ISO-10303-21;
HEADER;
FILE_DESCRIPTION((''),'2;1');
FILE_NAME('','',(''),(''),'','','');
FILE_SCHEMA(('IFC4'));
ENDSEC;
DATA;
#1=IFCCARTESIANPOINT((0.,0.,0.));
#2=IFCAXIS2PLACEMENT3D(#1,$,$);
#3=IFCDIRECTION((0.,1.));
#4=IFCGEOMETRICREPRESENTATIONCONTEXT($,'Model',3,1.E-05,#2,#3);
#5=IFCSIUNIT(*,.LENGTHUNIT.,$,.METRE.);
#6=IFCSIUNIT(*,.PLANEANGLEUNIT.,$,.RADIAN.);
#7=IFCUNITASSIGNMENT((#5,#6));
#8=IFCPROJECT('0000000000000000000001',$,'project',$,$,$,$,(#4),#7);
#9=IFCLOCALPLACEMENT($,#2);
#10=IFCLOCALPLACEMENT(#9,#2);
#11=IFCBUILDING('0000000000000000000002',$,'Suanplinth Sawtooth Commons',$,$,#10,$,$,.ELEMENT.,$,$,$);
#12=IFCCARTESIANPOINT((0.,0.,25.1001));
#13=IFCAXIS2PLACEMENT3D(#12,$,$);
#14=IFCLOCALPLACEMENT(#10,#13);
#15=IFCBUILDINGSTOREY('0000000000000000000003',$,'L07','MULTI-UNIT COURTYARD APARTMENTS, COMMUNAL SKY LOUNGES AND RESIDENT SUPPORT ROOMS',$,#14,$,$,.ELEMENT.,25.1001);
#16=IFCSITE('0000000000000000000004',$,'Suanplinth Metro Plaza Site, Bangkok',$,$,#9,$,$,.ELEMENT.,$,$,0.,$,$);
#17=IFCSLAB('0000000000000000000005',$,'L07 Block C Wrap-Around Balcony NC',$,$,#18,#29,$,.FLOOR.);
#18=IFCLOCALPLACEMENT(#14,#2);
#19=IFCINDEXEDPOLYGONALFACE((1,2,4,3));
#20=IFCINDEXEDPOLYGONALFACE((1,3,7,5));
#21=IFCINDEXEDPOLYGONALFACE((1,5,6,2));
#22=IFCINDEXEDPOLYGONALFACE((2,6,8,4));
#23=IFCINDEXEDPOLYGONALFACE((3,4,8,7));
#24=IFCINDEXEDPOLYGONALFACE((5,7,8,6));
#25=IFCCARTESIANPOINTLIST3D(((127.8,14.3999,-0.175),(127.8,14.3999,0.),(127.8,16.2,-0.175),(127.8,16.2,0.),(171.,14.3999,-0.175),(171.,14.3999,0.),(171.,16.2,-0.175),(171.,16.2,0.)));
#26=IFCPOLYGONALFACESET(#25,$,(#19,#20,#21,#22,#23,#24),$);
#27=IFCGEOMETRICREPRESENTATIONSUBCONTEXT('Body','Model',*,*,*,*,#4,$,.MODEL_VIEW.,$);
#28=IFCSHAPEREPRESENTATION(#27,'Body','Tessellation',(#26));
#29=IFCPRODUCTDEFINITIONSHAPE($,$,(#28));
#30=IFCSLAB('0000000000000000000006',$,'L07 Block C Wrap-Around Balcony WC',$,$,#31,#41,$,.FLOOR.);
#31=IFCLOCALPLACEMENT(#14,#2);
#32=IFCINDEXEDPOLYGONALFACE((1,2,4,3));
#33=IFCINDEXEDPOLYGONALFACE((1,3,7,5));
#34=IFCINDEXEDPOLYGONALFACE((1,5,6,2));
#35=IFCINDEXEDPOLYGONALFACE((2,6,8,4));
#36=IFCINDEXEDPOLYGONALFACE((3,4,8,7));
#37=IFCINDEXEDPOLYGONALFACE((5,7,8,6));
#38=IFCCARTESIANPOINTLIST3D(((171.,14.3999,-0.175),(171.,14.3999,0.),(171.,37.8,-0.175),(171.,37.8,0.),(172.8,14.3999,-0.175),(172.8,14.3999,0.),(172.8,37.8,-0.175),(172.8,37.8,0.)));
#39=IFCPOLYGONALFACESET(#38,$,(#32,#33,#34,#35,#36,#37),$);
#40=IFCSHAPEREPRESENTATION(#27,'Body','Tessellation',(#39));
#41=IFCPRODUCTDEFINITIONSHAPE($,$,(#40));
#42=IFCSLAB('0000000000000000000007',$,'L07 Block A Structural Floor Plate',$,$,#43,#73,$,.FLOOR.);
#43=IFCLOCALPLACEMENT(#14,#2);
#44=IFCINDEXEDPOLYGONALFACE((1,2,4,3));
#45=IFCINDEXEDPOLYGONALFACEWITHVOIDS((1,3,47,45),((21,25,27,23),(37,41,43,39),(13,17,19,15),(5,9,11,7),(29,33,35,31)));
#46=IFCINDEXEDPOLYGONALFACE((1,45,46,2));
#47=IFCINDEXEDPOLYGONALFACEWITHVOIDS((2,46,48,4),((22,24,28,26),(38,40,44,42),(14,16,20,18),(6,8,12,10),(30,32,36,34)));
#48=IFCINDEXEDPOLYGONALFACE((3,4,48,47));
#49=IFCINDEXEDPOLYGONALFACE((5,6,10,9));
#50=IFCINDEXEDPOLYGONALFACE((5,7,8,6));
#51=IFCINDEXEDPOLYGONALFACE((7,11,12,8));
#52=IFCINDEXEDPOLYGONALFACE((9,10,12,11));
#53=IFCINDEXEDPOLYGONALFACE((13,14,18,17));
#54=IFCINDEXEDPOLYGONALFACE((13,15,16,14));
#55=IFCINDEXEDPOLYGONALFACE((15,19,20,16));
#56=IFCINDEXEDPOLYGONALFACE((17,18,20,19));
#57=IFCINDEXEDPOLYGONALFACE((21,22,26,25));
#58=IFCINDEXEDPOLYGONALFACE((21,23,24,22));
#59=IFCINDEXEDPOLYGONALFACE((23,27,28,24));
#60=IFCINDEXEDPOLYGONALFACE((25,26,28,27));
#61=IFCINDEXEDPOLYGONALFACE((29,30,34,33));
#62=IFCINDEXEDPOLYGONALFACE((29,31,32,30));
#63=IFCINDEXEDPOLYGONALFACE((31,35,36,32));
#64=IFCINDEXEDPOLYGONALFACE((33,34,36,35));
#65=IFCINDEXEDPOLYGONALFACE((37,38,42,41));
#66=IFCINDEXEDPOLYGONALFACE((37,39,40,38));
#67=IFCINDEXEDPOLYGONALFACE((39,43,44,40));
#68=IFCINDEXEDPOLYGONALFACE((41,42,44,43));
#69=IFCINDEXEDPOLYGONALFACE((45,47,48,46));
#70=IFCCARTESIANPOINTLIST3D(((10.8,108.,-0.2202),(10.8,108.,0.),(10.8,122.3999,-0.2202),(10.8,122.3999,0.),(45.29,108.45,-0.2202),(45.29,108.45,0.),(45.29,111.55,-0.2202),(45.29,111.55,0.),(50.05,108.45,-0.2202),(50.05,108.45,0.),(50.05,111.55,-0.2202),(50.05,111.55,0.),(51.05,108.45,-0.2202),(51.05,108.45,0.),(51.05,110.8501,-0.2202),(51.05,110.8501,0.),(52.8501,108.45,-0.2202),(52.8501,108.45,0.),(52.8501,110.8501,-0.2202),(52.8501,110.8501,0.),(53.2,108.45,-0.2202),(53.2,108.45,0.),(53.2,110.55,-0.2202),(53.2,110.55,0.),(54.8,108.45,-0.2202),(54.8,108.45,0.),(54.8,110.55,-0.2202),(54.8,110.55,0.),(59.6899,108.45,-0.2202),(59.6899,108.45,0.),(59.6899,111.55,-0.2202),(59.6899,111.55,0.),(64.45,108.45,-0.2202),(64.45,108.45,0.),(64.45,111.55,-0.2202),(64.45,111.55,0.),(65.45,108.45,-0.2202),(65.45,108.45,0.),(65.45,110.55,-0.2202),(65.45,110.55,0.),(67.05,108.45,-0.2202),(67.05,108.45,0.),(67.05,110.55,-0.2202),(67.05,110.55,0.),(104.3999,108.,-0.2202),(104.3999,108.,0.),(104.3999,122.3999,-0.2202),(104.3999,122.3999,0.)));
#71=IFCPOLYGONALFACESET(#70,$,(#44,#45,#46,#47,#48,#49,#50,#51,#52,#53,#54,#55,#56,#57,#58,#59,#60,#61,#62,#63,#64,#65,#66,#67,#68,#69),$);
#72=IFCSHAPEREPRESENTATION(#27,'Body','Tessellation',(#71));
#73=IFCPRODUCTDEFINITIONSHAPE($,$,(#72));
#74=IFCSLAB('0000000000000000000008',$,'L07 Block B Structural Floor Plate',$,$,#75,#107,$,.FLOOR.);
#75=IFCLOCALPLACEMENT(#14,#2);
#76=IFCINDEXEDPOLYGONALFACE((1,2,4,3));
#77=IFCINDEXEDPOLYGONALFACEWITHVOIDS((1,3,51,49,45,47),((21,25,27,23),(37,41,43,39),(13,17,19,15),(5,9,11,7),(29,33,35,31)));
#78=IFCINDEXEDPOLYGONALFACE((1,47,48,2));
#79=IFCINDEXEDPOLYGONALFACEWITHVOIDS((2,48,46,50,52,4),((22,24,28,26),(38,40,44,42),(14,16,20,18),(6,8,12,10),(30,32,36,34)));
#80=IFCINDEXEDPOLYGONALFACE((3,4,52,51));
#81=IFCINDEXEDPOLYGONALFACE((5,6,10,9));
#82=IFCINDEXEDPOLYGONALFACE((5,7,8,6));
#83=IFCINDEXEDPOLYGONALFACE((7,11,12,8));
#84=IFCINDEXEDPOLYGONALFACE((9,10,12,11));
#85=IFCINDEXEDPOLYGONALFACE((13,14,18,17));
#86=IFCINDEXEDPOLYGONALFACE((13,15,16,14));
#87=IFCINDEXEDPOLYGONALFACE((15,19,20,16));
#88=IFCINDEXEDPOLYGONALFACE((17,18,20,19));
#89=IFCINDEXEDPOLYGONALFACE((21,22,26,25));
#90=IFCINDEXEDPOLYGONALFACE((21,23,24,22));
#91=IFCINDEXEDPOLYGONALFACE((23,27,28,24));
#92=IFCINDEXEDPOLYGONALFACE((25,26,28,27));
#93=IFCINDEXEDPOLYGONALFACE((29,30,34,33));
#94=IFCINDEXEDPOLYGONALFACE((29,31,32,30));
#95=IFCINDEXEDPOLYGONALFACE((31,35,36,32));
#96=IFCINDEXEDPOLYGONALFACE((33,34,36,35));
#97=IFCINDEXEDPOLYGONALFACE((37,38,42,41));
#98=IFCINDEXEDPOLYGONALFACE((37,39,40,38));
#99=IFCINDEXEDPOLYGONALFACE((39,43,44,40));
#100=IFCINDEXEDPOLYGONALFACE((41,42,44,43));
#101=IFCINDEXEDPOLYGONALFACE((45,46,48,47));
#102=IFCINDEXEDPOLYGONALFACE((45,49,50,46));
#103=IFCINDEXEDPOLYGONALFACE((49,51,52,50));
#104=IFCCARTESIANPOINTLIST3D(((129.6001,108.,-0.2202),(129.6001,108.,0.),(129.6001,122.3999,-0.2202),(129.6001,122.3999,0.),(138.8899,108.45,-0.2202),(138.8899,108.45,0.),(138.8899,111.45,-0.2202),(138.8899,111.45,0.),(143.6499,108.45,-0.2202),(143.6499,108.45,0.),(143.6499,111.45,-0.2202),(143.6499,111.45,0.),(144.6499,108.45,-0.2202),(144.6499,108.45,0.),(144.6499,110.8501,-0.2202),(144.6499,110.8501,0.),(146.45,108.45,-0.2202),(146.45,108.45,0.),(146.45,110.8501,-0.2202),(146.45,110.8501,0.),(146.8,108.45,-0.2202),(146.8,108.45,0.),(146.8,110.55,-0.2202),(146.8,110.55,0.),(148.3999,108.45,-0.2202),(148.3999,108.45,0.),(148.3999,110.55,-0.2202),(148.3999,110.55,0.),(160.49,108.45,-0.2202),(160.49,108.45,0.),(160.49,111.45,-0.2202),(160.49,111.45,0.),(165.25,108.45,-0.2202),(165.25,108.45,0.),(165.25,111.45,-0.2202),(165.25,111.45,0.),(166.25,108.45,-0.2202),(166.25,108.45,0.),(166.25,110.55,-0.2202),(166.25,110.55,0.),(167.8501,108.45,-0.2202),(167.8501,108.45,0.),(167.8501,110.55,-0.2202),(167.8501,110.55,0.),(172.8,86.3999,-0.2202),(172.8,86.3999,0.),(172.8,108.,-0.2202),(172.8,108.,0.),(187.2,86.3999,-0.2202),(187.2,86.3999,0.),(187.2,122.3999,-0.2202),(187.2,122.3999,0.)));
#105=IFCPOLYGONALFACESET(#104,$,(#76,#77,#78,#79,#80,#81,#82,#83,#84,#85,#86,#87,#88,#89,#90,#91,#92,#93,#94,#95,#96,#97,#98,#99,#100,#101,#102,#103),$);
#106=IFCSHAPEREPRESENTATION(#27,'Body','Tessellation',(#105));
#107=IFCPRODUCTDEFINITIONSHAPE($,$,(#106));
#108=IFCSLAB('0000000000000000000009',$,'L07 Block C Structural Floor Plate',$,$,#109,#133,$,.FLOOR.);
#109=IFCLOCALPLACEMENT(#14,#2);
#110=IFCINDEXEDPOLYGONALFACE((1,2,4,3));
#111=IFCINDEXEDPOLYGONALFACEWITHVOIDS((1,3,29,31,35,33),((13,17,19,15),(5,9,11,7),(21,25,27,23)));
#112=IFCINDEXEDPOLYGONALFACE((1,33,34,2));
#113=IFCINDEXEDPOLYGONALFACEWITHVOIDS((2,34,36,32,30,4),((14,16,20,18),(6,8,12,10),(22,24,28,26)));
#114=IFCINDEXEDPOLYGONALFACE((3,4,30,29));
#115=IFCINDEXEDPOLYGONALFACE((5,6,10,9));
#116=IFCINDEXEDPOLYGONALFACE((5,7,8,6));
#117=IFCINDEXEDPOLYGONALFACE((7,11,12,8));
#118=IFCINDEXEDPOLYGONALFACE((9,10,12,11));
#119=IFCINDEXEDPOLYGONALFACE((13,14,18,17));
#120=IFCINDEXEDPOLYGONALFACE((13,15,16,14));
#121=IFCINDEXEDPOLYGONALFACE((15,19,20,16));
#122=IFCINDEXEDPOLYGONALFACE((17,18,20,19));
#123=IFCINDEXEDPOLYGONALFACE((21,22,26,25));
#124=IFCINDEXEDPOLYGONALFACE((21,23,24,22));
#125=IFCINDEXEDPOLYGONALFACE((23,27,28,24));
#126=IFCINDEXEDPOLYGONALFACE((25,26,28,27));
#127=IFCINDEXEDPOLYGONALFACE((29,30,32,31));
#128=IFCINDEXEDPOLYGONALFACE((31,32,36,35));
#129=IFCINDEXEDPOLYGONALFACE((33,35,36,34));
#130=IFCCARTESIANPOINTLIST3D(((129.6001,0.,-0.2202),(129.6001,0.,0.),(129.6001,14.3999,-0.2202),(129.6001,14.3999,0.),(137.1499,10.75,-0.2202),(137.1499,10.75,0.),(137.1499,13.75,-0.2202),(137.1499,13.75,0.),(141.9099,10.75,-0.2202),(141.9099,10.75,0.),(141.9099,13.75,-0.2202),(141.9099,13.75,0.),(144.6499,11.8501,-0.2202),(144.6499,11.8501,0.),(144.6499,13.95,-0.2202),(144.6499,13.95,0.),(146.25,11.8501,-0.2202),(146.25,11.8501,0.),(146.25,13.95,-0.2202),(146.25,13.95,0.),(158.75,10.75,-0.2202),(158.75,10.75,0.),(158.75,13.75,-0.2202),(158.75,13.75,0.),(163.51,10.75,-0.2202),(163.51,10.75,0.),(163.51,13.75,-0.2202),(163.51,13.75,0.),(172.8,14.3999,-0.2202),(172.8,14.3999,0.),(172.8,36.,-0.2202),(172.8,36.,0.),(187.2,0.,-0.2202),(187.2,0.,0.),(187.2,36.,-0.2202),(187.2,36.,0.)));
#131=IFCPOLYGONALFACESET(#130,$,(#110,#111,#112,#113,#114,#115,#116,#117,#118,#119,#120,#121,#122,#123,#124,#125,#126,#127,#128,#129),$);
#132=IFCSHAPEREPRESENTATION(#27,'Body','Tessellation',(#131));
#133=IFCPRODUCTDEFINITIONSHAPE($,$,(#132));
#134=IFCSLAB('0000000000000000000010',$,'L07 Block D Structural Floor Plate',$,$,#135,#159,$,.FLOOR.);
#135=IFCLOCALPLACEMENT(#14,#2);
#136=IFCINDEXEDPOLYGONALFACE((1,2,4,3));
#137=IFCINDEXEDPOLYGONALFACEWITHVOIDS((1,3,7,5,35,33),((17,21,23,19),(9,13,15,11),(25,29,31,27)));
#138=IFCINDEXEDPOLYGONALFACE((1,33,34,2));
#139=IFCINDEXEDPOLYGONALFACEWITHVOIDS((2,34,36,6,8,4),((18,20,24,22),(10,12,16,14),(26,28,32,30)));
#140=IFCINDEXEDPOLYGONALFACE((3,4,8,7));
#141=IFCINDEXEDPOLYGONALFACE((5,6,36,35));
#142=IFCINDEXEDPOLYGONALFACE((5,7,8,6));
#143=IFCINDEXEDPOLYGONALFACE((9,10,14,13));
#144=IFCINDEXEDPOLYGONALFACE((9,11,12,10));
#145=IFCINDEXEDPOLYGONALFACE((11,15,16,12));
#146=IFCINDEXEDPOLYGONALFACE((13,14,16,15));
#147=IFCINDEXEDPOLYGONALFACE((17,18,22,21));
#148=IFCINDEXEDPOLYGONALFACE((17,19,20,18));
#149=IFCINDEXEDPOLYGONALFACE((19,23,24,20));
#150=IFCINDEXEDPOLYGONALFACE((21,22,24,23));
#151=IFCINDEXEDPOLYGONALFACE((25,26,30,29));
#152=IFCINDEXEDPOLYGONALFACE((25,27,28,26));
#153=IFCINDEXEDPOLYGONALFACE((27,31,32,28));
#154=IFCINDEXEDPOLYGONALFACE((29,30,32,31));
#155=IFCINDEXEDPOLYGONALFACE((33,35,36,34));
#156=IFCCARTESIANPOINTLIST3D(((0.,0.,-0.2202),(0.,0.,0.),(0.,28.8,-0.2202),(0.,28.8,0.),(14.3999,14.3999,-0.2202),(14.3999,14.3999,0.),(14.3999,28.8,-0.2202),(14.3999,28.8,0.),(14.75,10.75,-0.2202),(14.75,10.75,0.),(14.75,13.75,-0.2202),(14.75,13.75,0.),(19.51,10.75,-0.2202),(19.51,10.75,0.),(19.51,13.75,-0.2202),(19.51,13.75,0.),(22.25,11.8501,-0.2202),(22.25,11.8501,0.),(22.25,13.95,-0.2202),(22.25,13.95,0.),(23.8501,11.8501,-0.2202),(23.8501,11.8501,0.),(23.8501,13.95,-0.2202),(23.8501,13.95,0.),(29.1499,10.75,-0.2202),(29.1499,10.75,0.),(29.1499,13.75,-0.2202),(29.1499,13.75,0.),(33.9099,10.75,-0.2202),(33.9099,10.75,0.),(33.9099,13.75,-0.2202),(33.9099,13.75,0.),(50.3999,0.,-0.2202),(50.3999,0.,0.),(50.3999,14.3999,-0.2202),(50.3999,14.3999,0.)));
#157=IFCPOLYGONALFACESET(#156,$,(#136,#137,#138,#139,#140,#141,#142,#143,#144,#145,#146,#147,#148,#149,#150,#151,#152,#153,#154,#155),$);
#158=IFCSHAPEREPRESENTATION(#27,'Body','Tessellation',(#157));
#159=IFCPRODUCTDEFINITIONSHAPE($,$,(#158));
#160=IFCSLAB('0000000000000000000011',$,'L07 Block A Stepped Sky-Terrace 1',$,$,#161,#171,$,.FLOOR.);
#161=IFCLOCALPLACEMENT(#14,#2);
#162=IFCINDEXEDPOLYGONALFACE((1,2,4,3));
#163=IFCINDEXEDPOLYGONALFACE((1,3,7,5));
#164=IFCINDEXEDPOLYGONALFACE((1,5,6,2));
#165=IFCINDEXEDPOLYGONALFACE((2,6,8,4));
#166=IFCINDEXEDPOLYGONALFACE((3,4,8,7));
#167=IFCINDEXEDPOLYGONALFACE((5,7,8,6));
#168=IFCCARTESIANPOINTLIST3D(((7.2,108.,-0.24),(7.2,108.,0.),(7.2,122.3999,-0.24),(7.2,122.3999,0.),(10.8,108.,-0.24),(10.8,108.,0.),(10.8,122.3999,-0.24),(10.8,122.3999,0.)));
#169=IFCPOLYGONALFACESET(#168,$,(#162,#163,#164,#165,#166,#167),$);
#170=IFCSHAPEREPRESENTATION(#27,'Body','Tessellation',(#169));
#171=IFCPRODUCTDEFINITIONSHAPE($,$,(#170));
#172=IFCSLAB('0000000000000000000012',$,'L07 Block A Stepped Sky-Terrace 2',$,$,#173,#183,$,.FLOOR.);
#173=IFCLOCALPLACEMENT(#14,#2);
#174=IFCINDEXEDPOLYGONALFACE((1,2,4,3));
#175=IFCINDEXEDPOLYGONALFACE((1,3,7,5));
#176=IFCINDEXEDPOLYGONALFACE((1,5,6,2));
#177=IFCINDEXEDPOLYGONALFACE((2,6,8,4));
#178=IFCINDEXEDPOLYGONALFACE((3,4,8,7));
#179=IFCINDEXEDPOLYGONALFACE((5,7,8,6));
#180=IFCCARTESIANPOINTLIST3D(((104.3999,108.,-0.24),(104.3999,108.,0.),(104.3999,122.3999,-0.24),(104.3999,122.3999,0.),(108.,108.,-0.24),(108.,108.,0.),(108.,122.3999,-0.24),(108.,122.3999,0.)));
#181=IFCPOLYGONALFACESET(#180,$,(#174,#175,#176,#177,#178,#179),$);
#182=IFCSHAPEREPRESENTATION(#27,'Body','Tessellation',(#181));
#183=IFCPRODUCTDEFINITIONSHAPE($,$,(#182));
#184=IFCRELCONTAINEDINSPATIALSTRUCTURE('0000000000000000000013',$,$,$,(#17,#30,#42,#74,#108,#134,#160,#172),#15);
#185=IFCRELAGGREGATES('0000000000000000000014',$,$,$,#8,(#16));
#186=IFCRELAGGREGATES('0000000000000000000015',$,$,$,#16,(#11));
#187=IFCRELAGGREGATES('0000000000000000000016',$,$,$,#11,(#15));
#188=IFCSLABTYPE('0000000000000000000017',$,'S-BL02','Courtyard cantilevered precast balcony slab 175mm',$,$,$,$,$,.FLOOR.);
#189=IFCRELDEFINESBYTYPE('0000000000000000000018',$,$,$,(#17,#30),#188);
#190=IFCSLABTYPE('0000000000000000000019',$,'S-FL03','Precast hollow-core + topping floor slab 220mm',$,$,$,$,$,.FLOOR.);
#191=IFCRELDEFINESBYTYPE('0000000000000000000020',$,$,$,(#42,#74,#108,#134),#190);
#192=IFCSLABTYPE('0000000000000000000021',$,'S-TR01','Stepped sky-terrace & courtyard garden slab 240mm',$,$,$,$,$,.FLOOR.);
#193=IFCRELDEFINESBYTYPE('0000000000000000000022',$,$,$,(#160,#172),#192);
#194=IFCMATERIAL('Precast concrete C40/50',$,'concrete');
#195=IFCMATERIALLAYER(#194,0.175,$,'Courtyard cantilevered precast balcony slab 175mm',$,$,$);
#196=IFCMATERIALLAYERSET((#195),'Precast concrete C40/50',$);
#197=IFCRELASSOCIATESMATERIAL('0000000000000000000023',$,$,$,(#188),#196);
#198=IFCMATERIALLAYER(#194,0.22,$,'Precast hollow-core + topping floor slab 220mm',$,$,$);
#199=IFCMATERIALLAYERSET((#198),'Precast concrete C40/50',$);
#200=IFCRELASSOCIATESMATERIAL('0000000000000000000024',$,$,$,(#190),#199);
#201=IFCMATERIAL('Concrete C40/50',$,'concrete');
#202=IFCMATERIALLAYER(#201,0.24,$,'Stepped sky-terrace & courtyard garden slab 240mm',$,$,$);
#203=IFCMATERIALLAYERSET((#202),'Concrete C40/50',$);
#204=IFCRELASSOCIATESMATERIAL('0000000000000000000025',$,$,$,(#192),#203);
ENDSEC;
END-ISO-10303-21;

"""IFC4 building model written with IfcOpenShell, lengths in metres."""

from ifc_helpers import new_model, si_unit, direction, frame, origin, place, context, subcontext, project, spatial, polyline, outline, extrude, material, layer, layer_set, type_object, element, save


model = new_model("IFC4")

# Units and contexts
model_context = context("Model", 3, precision=1e-05, world=origin(), true_north=direction((0.0, 1.0)))
body_context = subcontext(model_context, "Body", "Model", "MODEL_VIEW")
ifc_project = project(units=[si_unit("LENGTHUNIT", "METRE"), si_unit("PLANEANGLEUNIT", "RADIAN")], contexts=[model_context])

# Site, building, storey
site_placement = place(None, origin())
site = spatial("IfcSite", under=ifc_project, at=site_placement, Name="Suanplinth Metro Plaza Site, Bangkok", CompositionType="ELEMENT", RefElevation=0.0)
building_placement = place(site_placement, origin())
building = spatial("IfcBuilding", under=site, at=building_placement, Name="Suanplinth Sawtooth Commons", CompositionType="ELEMENT")
storey_placement = place(building_placement, frame((0.0, 0.0, 25.1001)))
storey = spatial("IfcBuildingStorey", under=building, at=storey_placement, Name="L07", Description="MULTI-UNIT COURTYARD APARTMENTS, COMMUNAL SKY LOUNGES AND RESIDENT SUPPORT ROOMS", CompositionType="ELEMENT", Elevation=25.1001)

# Shared definitions
ifc_material_1 = material(Name="Precast concrete C40/50", Category="concrete")

# Slabs
ifc_layer_1 = layer(ifc_material_1, 0.175, Name="Courtyard cantilevered precast balcony slab 175mm")
ifc_layer_set_1 = layer_set([ifc_layer_1], Name="Precast concrete C40/50")
slab_type_1 = type_object("IfcSlabType", Name="S-BL02", Description="Courtyard cantilevered precast balcony slab 175mm", PredefinedType="FLOOR", material=ifc_layer_set_1)
slab_1_placement = place(storey_placement, frame((0.0, 0.0, -0.175)))
element("IfcSlab", 1, at=slab_1_placement, inside=storey, type_object=slab_type_1, Name="L07 Block C Wrap-Around Balcony NC", PredefinedType="FLOOR", context=body_context, shape_type="SweptSolid", body=[
    extrude(outline(polyline([(127.8, 14.3999), (127.8, 16.2), (171.0, 16.2), (171.0, 14.3999), (127.8, 14.3999)])), origin(), (0.0, 0.0, 1.0), 0.175),
])
slab_2_placement = place(storey_placement, frame((0.0, 0.0, -0.175)))
element("IfcSlab", 2, at=slab_2_placement, inside=storey, type_object=slab_type_1, Name="L07 Block C Wrap-Around Balcony WC", PredefinedType="FLOOR", context=body_context, shape_type="SweptSolid", body=[
    extrude(outline(polyline([(172.8, 14.3999), (171.0, 14.3999), (171.0, 37.8), (172.8, 37.8), (172.8, 14.3999)])), origin(), (0.0, 0.0, 1.0), 0.175),
])
ifc_layer_2 = layer(ifc_material_1, 0.22, Name="Precast hollow-core + topping floor slab 220mm")
ifc_layer_set_2 = layer_set([ifc_layer_2], Name="Precast concrete C40/50")
slab_type_2 = type_object("IfcSlabType", Name="S-FL03", Description="Precast hollow-core + topping floor slab 220mm", PredefinedType="FLOOR", material=ifc_layer_set_2)
slab_3_placement = place(storey_placement, frame((0.0, 0.0, -0.2202)))
element("IfcSlab", 3, at=slab_3_placement, inside=storey, type_object=slab_type_2, Name="L07 Block A Structural Floor Plate", PredefinedType="FLOOR", context=body_context, shape_type="SweptSolid", body=[
    extrude(outline(polyline([(10.8, 108.0), (104.3999, 108.0), (104.3999, 122.3999), (10.8, 122.3999), (10.8, 108.0)]), holes=[polyline([(45.29, 108.45), (50.05, 108.45), (50.05, 111.55), (45.29, 111.55), (45.29, 108.45)]), polyline([(51.05, 108.45), (52.8501, 108.45), (52.8501, 110.8501), (51.05, 110.8501), (51.05, 108.45)]), polyline([(53.2, 108.45), (54.8, 108.45), (54.8, 110.55), (53.2, 110.55), (53.2, 108.45)]), polyline([(59.6899, 108.45), (64.45, 108.45), (64.45, 111.55), (59.6899, 111.55), (59.6899, 108.45)]), polyline([(65.45, 108.45), (67.05, 108.45), (67.05, 110.55), (65.45, 110.55), (65.45, 108.45)])]), origin(), (0.0, 0.0, 1.0), 0.2202),
])
slab_4_placement = place(storey_placement, frame((0.0, 0.0, -0.2202)))
element("IfcSlab", 4, at=slab_4_placement, inside=storey, type_object=slab_type_2, Name="L07 Block B Structural Floor Plate", PredefinedType="FLOOR", context=body_context, shape_type="SweptSolid", body=[
    extrude(outline(polyline([(172.8, 108.0), (129.6001, 108.0), (129.6001, 122.3999), (187.2, 122.3999), (187.2, 86.3999), (172.8, 86.3999), (172.8, 108.0)]), holes=[polyline([(138.8899, 108.45), (143.6499, 108.45), (143.6499, 111.45), (138.8899, 111.45), (138.8899, 108.45)]), polyline([(144.6499, 108.45), (146.45, 108.45), (146.45, 110.8501), (144.6499, 110.8501), (144.6499, 108.45)]), polyline([(146.8, 108.45), (148.3999, 108.45), (148.3999, 110.55), (146.8, 110.55), (146.8, 108.45)]), polyline([(160.49, 108.45), (165.25, 108.45), (165.25, 111.45), (160.49, 111.45), (160.49, 108.45)]), polyline([(166.25, 108.45), (167.8501, 108.45), (167.8501, 110.55), (166.25, 110.55), (166.25, 108.45)])]), origin(), (0.0, 0.0, 1.0), 0.2202),
])
slab_5_placement = place(storey_placement, frame((0.0, 0.0, -0.2202)))
element("IfcSlab", 5, at=slab_5_placement, inside=storey, type_object=slab_type_2, Name="L07 Block C Structural Floor Plate", PredefinedType="FLOOR", context=body_context, shape_type="SweptSolid", body=[
    extrude(outline(polyline([(187.2, 0.0), (129.6001, 0.0), (129.6001, 14.3999), (172.8, 14.3999), (172.8, 36.0), (187.2, 36.0), (187.2, 0.0)]), holes=[polyline([(137.1499, 10.75), (141.9099, 10.75), (141.9099, 13.75), (137.1499, 13.75), (137.1499, 10.75)]), polyline([(144.6499, 11.8501), (146.25, 11.8501), (146.25, 13.95), (144.6499, 13.95), (144.6499, 11.8501)]), polyline([(158.75, 10.75), (163.51, 10.75), (163.51, 13.75), (158.75, 13.75), (158.75, 10.75)])]), origin(), (0.0, 0.0, 1.0), 0.2202),
])
slab_6_placement = place(storey_placement, frame((0.0, 0.0, -0.2202)))
element("IfcSlab", 6, at=slab_6_placement, inside=storey, type_object=slab_type_2, Name="L07 Block D Structural Floor Plate", PredefinedType="FLOOR", context=body_context, shape_type="SweptSolid", body=[
    extrude(outline(polyline([(0.0, 0.0), (0.0, 28.8), (14.3999, 28.8), (14.3999, 14.3999), (50.3999, 14.3999), (50.3999, 0.0), (0.0, 0.0)]), holes=[polyline([(14.75, 10.75), (19.51, 10.75), (19.51, 13.75), (14.75, 13.75), (14.75, 10.75)]), polyline([(22.25, 11.8501), (23.8501, 11.8501), (23.8501, 13.95), (22.25, 13.95), (22.25, 11.8501)]), polyline([(29.1499, 10.75), (33.9099, 10.75), (33.9099, 13.75), (29.1499, 13.75), (29.1499, 10.75)])]), origin(), (0.0, 0.0, 1.0), 0.2202),
])
ifc_material_2 = material(Name="Concrete C40/50", Category="concrete")
ifc_layer_3 = layer(ifc_material_2, 0.24, Name="Stepped sky-terrace & courtyard garden slab 240mm")
ifc_layer_set_3 = layer_set([ifc_layer_3], Name="Concrete C40/50")
slab_type_3 = type_object("IfcSlabType", Name="S-TR01", Description="Stepped sky-terrace & courtyard garden slab 240mm", PredefinedType="FLOOR", material=ifc_layer_set_3)
slab_7_placement = place(storey_placement, frame((0.0, 0.0, -0.24)))
element("IfcSlab", 7, at=slab_7_placement, inside=storey, type_object=slab_type_3, Name="L07 Block A Stepped Sky-Terrace 1", PredefinedType="FLOOR", context=body_context, shape_type="SweptSolid", body=[
    extrude(outline(polyline([(7.2, 108.0), (7.2, 122.3999), (10.8, 122.3999), (10.8, 108.0), (7.2, 108.0)])), origin(), (0.0, 0.0, 1.0), 0.24),
])
slab_8_placement = place(storey_placement, frame((0.0, 0.0, -0.24)))
element("IfcSlab", 8, at=slab_8_placement, inside=storey, type_object=slab_type_3, Name="L07 Block A Stepped Sky-Terrace 2", PredefinedType="FLOOR", context=body_context, shape_type="SweptSolid", body=[
    extrude(outline(polyline([(108.0, 122.3999), (108.0, 108.0), (104.3999, 108.0), (104.3999, 122.3999), (108.0, 122.3999)])), origin(), (0.0, 0.0, 1.0), 0.24),
])

save(model, "model.ifc")
